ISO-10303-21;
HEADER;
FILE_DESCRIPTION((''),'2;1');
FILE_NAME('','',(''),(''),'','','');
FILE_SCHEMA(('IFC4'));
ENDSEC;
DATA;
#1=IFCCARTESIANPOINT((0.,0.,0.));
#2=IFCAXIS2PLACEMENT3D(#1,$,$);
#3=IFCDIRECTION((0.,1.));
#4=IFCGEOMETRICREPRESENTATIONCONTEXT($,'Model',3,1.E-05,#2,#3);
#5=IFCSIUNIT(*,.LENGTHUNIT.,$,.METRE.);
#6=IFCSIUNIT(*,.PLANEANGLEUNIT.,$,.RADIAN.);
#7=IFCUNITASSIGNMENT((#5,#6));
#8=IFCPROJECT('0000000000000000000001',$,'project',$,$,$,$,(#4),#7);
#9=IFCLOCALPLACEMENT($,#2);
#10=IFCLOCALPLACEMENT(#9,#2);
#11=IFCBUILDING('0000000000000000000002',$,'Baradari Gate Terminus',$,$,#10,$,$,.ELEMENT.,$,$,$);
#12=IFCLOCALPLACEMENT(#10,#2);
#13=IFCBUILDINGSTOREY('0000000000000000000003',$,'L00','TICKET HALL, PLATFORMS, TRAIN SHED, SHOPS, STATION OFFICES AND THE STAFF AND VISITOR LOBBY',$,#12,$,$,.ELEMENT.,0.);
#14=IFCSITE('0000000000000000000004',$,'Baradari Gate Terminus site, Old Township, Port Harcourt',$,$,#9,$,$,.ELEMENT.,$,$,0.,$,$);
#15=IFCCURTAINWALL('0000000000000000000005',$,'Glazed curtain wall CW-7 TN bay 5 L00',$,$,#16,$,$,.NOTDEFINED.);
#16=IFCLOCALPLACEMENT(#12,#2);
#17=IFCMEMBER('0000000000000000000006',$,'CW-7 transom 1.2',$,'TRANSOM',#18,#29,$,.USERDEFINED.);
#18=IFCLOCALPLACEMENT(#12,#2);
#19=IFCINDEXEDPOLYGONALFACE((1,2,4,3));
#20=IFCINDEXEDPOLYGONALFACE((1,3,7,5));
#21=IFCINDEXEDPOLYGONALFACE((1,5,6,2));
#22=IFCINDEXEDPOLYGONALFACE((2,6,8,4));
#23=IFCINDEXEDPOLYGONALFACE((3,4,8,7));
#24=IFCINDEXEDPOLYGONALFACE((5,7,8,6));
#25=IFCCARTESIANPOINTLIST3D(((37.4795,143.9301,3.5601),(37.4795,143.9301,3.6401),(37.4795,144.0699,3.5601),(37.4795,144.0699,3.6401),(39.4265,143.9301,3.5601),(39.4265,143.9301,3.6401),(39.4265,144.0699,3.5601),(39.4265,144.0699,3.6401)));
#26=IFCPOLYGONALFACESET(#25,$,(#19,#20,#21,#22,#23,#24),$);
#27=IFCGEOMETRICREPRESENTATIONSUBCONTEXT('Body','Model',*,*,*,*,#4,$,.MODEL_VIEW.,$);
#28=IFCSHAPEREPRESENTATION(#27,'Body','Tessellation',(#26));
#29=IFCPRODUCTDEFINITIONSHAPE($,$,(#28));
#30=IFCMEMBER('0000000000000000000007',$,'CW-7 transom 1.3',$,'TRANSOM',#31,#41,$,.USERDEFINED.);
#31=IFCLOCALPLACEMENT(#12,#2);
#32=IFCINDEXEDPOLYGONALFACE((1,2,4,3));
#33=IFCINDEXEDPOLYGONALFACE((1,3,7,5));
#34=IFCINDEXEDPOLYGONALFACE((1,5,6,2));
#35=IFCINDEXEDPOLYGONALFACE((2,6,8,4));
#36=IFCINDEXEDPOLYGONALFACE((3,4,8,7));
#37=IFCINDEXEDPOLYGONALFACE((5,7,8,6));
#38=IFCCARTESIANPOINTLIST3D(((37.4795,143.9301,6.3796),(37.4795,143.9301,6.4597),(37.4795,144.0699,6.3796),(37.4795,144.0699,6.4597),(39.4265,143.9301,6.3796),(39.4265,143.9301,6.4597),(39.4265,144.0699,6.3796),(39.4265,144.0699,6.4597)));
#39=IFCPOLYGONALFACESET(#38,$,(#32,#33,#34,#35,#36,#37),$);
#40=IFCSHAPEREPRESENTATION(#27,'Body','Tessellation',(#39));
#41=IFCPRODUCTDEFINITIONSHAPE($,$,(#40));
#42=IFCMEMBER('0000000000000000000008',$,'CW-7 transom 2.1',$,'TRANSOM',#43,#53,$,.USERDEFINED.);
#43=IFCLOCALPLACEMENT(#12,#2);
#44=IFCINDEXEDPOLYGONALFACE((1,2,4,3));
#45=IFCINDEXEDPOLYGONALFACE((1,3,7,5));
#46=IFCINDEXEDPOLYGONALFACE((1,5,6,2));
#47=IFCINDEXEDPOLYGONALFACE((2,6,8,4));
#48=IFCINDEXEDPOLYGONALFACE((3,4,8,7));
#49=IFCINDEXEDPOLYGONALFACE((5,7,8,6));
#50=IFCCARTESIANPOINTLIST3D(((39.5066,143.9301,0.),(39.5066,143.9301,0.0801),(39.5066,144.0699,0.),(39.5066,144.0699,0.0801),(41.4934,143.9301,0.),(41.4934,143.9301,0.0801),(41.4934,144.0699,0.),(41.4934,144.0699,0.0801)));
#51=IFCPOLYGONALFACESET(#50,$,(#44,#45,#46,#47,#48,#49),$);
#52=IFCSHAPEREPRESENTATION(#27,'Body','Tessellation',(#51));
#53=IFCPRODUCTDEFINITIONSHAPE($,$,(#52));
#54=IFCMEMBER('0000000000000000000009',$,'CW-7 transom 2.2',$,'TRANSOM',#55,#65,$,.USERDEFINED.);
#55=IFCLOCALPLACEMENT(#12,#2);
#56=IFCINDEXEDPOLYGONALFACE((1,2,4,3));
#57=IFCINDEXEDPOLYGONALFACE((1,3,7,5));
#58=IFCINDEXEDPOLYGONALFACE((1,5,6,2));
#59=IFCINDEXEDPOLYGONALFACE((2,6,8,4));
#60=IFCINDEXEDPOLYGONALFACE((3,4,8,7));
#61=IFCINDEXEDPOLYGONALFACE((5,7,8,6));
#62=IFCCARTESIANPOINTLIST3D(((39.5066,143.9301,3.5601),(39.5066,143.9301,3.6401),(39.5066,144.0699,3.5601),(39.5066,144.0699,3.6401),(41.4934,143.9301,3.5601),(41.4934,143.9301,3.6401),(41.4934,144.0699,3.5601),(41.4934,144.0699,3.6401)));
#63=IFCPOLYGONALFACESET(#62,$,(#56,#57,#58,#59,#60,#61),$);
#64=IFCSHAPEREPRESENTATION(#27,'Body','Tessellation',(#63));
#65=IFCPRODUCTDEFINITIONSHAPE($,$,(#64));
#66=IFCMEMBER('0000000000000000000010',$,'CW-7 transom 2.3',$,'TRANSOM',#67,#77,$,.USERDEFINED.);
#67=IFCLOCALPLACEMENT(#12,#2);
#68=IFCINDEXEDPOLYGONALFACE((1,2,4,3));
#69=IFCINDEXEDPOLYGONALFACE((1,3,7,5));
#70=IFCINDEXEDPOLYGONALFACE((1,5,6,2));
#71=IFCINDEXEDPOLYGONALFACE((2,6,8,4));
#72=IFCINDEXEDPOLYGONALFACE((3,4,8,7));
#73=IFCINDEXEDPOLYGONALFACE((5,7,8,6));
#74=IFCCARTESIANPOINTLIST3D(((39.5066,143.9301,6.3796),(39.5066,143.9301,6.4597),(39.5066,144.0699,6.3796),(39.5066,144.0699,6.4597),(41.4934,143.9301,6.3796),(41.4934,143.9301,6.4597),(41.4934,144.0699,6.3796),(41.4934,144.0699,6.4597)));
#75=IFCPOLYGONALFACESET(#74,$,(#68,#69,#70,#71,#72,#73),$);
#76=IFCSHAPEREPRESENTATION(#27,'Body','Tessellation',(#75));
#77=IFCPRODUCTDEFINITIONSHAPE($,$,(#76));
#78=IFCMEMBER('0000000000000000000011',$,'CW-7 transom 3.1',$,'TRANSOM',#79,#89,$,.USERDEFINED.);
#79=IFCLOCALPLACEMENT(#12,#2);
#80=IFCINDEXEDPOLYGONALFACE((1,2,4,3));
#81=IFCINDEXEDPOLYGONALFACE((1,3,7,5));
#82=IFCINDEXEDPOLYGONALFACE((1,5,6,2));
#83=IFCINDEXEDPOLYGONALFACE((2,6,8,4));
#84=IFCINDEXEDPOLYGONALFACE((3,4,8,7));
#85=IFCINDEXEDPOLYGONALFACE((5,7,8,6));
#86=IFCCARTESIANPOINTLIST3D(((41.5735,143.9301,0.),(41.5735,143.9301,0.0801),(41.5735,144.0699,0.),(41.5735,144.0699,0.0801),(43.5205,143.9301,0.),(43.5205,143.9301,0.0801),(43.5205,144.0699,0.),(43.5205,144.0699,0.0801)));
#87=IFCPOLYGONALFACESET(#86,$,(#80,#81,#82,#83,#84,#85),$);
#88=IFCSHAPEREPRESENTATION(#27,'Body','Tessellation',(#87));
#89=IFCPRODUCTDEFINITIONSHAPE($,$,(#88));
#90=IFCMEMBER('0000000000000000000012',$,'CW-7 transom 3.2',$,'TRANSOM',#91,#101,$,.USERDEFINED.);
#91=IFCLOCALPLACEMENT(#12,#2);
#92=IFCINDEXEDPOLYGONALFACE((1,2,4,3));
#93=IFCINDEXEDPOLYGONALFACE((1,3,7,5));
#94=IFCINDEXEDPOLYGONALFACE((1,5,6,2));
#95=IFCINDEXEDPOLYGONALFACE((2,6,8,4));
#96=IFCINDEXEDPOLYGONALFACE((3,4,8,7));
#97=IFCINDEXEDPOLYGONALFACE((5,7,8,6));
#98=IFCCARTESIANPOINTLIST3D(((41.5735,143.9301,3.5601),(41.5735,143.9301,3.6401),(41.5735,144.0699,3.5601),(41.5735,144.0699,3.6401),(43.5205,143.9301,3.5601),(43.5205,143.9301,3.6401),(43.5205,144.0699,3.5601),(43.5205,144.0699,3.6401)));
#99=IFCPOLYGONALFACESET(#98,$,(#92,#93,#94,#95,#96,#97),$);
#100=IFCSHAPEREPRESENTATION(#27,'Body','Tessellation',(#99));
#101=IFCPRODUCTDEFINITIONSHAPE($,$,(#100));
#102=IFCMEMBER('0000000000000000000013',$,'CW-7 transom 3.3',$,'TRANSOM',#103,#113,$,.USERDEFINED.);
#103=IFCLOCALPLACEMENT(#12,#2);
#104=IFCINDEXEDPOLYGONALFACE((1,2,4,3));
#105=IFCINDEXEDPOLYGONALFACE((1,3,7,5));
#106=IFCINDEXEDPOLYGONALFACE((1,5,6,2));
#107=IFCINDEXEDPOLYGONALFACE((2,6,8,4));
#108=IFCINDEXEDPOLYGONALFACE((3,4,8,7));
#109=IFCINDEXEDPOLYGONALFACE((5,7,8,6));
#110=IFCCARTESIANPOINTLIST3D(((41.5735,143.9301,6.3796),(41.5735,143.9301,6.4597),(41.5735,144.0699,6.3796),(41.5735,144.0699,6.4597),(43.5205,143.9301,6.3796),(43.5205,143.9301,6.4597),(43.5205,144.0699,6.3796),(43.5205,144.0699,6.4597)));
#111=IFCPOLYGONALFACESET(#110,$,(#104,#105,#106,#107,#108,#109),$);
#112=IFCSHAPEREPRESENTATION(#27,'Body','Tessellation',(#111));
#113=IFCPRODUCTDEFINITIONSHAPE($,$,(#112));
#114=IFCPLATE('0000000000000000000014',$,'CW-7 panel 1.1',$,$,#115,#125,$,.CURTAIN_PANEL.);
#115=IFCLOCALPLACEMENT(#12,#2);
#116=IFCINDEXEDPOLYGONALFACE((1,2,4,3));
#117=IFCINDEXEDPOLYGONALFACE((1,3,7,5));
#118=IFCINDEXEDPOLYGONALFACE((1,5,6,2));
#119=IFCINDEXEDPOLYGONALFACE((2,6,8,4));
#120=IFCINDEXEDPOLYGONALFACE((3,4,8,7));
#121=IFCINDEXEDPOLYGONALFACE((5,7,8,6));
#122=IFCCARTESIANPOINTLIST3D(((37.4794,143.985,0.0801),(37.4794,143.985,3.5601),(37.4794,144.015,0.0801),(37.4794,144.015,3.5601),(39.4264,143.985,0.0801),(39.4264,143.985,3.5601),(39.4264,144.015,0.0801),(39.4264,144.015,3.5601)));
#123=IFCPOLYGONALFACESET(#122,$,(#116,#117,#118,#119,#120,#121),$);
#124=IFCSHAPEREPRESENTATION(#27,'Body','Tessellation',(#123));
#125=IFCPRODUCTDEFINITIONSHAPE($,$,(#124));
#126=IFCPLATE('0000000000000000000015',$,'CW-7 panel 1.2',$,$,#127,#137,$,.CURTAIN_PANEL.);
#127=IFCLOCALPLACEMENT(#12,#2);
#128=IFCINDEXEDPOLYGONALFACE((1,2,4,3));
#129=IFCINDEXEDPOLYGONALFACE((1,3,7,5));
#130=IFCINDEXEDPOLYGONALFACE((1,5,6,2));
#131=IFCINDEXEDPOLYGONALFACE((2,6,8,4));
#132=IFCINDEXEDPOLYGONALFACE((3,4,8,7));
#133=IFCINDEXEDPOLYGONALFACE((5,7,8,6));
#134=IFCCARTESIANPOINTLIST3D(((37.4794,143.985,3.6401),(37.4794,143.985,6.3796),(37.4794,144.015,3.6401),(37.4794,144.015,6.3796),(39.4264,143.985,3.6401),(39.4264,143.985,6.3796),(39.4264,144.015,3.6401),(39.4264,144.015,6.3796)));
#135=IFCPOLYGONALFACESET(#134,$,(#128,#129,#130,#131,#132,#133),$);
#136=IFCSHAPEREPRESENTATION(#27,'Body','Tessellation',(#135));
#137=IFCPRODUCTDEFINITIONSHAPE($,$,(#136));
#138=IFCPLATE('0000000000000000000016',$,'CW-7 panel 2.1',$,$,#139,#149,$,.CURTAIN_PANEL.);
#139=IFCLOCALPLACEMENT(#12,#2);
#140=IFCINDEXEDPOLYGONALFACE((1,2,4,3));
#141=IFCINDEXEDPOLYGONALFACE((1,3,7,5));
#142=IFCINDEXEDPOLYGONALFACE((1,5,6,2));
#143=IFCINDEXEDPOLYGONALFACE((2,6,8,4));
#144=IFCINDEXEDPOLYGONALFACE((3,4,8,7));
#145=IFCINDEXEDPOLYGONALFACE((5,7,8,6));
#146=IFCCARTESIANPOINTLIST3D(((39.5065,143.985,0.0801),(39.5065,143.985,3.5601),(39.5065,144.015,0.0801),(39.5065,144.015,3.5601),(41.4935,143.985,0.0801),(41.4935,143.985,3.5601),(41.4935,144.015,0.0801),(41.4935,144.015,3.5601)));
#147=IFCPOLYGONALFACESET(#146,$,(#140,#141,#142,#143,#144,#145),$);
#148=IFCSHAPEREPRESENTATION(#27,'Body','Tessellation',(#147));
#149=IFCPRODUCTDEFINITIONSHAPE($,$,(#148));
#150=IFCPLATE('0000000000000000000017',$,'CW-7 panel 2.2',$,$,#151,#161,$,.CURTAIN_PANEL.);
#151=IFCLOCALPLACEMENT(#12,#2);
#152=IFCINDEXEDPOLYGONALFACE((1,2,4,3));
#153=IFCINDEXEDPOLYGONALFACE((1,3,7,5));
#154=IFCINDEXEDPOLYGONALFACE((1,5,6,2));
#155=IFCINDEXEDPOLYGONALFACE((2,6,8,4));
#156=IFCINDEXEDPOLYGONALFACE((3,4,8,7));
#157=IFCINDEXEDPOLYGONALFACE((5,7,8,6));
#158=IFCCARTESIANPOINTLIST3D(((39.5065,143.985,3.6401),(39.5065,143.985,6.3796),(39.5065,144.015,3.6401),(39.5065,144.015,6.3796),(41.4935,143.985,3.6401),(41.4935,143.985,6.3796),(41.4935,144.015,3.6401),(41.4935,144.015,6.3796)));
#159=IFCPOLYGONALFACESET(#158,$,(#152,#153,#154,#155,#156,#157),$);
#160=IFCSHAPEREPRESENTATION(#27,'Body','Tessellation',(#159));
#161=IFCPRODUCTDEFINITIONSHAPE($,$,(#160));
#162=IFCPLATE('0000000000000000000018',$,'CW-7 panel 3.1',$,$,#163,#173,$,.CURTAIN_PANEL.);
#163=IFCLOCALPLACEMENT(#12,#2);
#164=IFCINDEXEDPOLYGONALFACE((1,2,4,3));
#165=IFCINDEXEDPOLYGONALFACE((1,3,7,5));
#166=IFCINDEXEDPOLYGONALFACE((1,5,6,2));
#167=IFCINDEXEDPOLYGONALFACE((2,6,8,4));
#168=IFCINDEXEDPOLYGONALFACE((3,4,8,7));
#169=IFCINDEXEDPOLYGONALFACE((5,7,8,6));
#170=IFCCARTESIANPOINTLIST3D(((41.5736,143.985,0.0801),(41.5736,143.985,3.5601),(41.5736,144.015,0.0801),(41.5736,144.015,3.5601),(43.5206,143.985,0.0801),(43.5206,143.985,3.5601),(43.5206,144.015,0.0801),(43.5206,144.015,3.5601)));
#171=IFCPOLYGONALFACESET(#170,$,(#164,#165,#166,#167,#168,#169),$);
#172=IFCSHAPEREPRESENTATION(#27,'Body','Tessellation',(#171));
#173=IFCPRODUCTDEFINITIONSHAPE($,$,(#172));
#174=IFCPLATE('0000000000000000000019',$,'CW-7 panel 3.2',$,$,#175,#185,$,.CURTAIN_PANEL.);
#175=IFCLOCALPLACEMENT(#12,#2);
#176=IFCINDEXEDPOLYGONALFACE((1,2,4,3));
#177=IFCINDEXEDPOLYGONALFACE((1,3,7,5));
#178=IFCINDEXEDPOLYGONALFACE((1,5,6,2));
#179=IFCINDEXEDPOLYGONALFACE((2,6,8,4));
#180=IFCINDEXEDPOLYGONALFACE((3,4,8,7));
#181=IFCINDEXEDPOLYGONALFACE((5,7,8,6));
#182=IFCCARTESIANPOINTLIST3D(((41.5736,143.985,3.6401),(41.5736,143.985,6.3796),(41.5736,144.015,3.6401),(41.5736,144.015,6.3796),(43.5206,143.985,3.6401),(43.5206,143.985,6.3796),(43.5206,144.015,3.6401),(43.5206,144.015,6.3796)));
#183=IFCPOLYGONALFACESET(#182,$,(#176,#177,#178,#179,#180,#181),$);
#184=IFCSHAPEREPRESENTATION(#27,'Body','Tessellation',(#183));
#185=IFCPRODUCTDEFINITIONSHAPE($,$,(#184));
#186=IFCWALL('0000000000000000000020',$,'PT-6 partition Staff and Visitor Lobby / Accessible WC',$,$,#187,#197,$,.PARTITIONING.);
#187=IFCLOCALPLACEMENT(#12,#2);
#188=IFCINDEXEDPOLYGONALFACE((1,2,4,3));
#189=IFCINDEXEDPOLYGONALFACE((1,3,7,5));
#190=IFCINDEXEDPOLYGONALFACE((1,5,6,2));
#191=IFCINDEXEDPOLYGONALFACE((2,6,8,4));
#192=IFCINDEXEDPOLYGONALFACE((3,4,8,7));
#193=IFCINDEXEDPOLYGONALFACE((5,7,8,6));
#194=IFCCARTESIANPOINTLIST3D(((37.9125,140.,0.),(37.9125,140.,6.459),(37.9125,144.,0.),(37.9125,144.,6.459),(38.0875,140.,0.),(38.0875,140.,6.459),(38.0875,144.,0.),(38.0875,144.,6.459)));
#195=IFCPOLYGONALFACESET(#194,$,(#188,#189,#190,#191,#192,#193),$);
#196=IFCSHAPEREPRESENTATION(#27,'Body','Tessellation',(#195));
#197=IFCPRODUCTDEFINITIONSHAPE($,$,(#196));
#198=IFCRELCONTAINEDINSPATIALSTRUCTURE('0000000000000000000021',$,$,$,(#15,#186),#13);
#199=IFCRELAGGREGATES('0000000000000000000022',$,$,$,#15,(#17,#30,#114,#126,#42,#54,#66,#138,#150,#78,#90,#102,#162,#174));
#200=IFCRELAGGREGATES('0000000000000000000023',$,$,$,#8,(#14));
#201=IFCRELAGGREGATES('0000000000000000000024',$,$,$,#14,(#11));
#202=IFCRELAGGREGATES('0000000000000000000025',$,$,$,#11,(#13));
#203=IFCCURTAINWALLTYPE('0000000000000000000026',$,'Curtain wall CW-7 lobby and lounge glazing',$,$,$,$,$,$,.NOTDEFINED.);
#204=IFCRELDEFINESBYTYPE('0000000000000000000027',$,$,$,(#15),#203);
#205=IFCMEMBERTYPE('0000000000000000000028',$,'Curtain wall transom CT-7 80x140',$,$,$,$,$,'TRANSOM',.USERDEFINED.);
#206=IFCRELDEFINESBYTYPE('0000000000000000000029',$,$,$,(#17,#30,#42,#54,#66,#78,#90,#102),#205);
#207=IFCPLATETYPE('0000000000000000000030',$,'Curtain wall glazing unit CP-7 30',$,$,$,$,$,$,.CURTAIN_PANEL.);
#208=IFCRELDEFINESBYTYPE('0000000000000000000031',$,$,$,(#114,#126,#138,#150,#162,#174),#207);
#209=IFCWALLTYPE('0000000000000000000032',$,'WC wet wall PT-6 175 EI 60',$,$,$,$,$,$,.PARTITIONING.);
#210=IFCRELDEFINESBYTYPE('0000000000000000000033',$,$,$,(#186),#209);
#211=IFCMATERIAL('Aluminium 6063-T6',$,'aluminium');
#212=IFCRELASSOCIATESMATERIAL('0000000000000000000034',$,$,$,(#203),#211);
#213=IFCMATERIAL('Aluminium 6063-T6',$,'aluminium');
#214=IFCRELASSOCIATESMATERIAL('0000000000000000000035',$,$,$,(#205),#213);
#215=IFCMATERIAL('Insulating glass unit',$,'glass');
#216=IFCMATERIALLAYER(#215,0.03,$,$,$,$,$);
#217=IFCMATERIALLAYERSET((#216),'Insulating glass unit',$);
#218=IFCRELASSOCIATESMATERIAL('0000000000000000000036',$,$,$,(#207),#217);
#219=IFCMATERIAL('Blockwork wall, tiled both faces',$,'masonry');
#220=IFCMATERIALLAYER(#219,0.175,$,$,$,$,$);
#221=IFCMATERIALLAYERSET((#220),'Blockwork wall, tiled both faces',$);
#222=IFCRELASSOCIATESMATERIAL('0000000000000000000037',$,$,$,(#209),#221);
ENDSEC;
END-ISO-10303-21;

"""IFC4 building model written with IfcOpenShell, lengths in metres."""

from ifc_helpers import new_model, si_unit, direction, frame, frame_2d, origin, origin_2d, place, context, subcontext, project, spatial, rectangle, extrude, material, layer, layer_set, material_profile, profile_set, type_object, element, aggregate, save


model = new_model("IFC4")

# Units and contexts
model_context = context("Model", 3, precision=1e-05, world=origin(), true_north=direction((0.0, 1.0)))
body_context = subcontext(model_context, "Body", "Model", "MODEL_VIEW")
ifc_project = project(units=[si_unit("LENGTHUNIT", "METRE"), si_unit("PLANEANGLEUNIT", "RADIAN")], contexts=[model_context])

# Site, building, storey
site_placement = place(None, origin())
site = spatial("IfcSite", under=ifc_project, at=site_placement, Name="Baradari Gate Terminus site, Old Township, Port Harcourt", CompositionType="ELEMENT", RefElevation=0.0)
building_placement = place(site_placement, origin())
building = spatial("IfcBuilding", under=site, at=building_placement, Name="Baradari Gate Terminus", CompositionType="ELEMENT")
storey_placement = place(building_placement, origin())
storey = spatial("IfcBuildingStorey", under=building, at=storey_placement, Name="L00", Description="TICKET HALL, PLATFORMS, TRAIN SHED, SHOPS, STATION OFFICES AND THE STAFF AND VISITOR LOBBY", CompositionType="ELEMENT", Elevation=0.0)

# Curtain wall, members, plates
ifc_material_1 = material(Name="Aluminium 6063-T6", Category="aluminium")
curtain_wall_type = type_object("IfcCurtainWallType", Name="Curtain wall CW-7 lobby and lounge glazing", PredefinedType="NOTDEFINED", material=ifc_material_1)
curtain_wall_placement = place(storey_placement, origin())
curtain_wall = element("IfcCurtainWall", 1, at=curtain_wall_placement, inside=storey, type_object=curtain_wall_type, Name="Glazed curtain wall CW-7 TN bay 5 L00", PredefinedType="NOTDEFINED")
ifc_material_2 = material(Name="Aluminium 6063-T6", Category="aluminium")
ifc_material_profile_1 = material_profile(ifc_material_2, rectangle(XDim=0.1399, YDim=0.0801, at=origin_2d()), Name="CT-7 80X140")
ifc_profile_set_1 = profile_set([ifc_material_profile_1], Name="Aluminium 6063-T6")
member_type_1 = type_object("IfcMemberType", Name="Curtain wall transom CT-7 80x140", ElementType="TRANSOM", PredefinedType="USERDEFINED", material=ifc_profile_set_1)
member_1_placement = place(storey_placement, frame((37.4795, 144.0, 3.6001), z_axis=(1.0, 0.0, 0.0), x_axis=(0.0, 1.0, 0.0)))
member_1 = element("IfcMember", 2, at=member_1_placement, type_object=member_type_1, Name="CW-7 transom 1.2", ObjectType="TRANSOM", PredefinedType="USERDEFINED", context=body_context, shape_type="SweptSolid", body=[
    extrude(rectangle(XDim=0.1399, YDim=0.0801, at=origin_2d()), origin(), (0.0, 0.0, 1.0), 1.947),
])
member_2_placement = place(storey_placement, frame((37.4795, 144.0, 6.4197), z_axis=(1.0, 0.0, 0.0), x_axis=(0.0, 1.0, 0.0)))
member_2 = element("IfcMember", 3, at=member_2_placement, type_object=member_type_1, Name="CW-7 transom 1.3", ObjectType="TRANSOM", PredefinedType="USERDEFINED", context=body_context, shape_type="SweptSolid", body=[
    extrude(rectangle(XDim=0.1399, YDim=0.0801, at=origin_2d()), origin(), (0.0, 0.0, 1.0), 1.947),
])
member_3_placement = place(storey_placement, frame((39.5066, 144.0, 0.04), z_axis=(1.0, 0.0, 0.0), x_axis=(0.0, 1.0, 0.0)))
member_3 = element("IfcMember", 4, at=member_3_placement, type_object=member_type_1, Name="CW-7 transom 2.1", ObjectType="TRANSOM", PredefinedType="USERDEFINED", context=body_context, shape_type="SweptSolid", body=[
    extrude(rectangle(XDim=0.1399, YDim=0.0801, at=origin_2d()), origin(), (0.0, 0.0, 1.0), 1.9868),
])
member_4_placement = place(storey_placement, frame((39.5066, 144.0, 3.6001), z_axis=(1.0, 0.0, 0.0), x_axis=(0.0, 1.0, 0.0)))
member_4 = element("IfcMember", 5, at=member_4_placement, type_object=member_type_1, Name="CW-7 transom 2.2", ObjectType="TRANSOM", PredefinedType="USERDEFINED", context=body_context, shape_type="SweptSolid", body=[
    extrude(rectangle(XDim=0.1399, YDim=0.0801, at=origin_2d()), origin(), (0.0, 0.0, 1.0), 1.9868),
])
member_5_placement = place(storey_placement, frame((39.5066, 144.0, 6.4197), z_axis=(1.0, 0.0, 0.0), x_axis=(0.0, 1.0, 0.0)))
member_5 = element("IfcMember", 6, at=member_5_placement, type_object=member_type_1, Name="CW-7 transom 2.3", ObjectType="TRANSOM", PredefinedType="USERDEFINED", context=body_context, shape_type="SweptSolid", body=[
    extrude(rectangle(XDim=0.1399, YDim=0.0801, at=origin_2d()), origin(), (0.0, 0.0, 1.0), 1.9868),
])
member_6_placement = place(storey_placement, frame((41.5735, 144.0, 0.04), z_axis=(1.0, 0.0, 0.0), x_axis=(0.0, 1.0, 0.0)))
member_6 = element("IfcMember", 7, at=member_6_placement, type_object=member_type_1, Name="CW-7 transom 3.1", ObjectType="TRANSOM", PredefinedType="USERDEFINED", context=body_context, shape_type="SweptSolid", body=[
    extrude(rectangle(XDim=0.1399, YDim=0.0801, at=origin_2d()), origin(), (0.0, 0.0, 1.0), 1.947),
])
member_7_placement = place(storey_placement, frame((41.5735, 144.0, 3.6001), z_axis=(1.0, 0.0, 0.0), x_axis=(0.0, 1.0, 0.0)))
member_7 = element("IfcMember", 8, at=member_7_placement, type_object=member_type_1, Name="CW-7 transom 3.2", ObjectType="TRANSOM", PredefinedType="USERDEFINED", context=body_context, shape_type="SweptSolid", body=[
    extrude(rectangle(XDim=0.1399, YDim=0.0801, at=origin_2d()), origin(), (0.0, 0.0, 1.0), 1.947),
])
member_8_placement = place(storey_placement, frame((41.5735, 144.0, 6.4197), z_axis=(1.0, 0.0, 0.0), x_axis=(0.0, 1.0, 0.0)))
member_8 = element("IfcMember", 9, at=member_8_placement, type_object=member_type_1, Name="CW-7 transom 3.3", ObjectType="TRANSOM", PredefinedType="USERDEFINED", context=body_context, shape_type="SweptSolid", body=[
    extrude(rectangle(XDim=0.1399, YDim=0.0801, at=origin_2d()), origin(), (0.0, 0.0, 1.0), 1.947),
])
ifc_material_3 = material(Name="Insulating glass unit", Category="glass")
ifc_layer_1 = layer(ifc_material_3, 0.03)
ifc_layer_set_1 = layer_set([ifc_layer_1], Name="Insulating glass unit")
plate_type = type_object("IfcPlateType", Name="Curtain wall glazing unit CP-7 30", PredefinedType="CURTAIN_PANEL", material=ifc_layer_set_1)
plate_1_placement = place(storey_placement, frame((38.4529, 144.0, 0.0801), z_axis=(0.0, 0.0, 1.0), x_axis=(1.0, 0.0, 0.0)))
plate_1 = element("IfcPlate", 10, at=plate_1_placement, type_object=plate_type, Name="CW-7 panel 1.1", PredefinedType="CURTAIN_PANEL", context=body_context, shape_type="SweptSolid", body=[
    extrude(rectangle(XDim=1.947, YDim=0.03, at=origin_2d()), origin(), (0.0, 0.0, 1.0), 3.48),
])
plate_2_placement = place(storey_placement, frame((38.4529, 144.0, 3.6401), z_axis=(0.0, 0.0, 1.0), x_axis=(1.0, 0.0, 0.0)))
plate_2 = element("IfcPlate", 11, at=plate_2_placement, type_object=plate_type, Name="CW-7 panel 1.2", PredefinedType="CURTAIN_PANEL", context=body_context, shape_type="SweptSolid", body=[
    extrude(rectangle(XDim=1.947, YDim=0.03, at=origin_2d()), origin(), (0.0, 0.0, 1.0), 2.7395),
])
plate_3_placement = place(storey_placement, frame((40.5, 144.0, 0.0801), z_axis=(0.0, 0.0, 1.0), x_axis=(1.0, 0.0, 0.0)))
plate_3 = element("IfcPlate", 12, at=plate_3_placement, type_object=plate_type, Name="CW-7 panel 2.1", PredefinedType="CURTAIN_PANEL", context=body_context, shape_type="SweptSolid", body=[
    extrude(rectangle(XDim=1.9871, YDim=0.03, at=origin_2d()), origin(), (0.0, 0.0, 1.0), 3.48),
])
plate_4_placement = place(storey_placement, frame((40.5, 144.0, 3.6401), z_axis=(0.0, 0.0, 1.0), x_axis=(1.0, 0.0, 0.0)))
plate_4 = element("IfcPlate", 13, at=plate_4_placement, type_object=plate_type, Name="CW-7 panel 2.2", PredefinedType="CURTAIN_PANEL", context=body_context, shape_type="SweptSolid", body=[
    extrude(rectangle(XDim=1.9871, YDim=0.03, at=origin_2d()), origin(), (0.0, 0.0, 1.0), 2.7395),
])
plate_5_placement = place(storey_placement, frame((42.5471, 144.0, 0.0801), z_axis=(0.0, 0.0, 1.0), x_axis=(1.0, 0.0, 0.0)))
plate_5 = element("IfcPlate", 14, at=plate_5_placement, type_object=plate_type, Name="CW-7 panel 3.1", PredefinedType="CURTAIN_PANEL", context=body_context, shape_type="SweptSolid", body=[
    extrude(rectangle(XDim=1.947, YDim=0.03, at=origin_2d()), origin(), (0.0, 0.0, 1.0), 3.48),
])
plate_6_placement = place(storey_placement, frame((42.5471, 144.0, 3.6401), z_axis=(0.0, 0.0, 1.0), x_axis=(1.0, 0.0, 0.0)))
plate_6 = element("IfcPlate", 15, at=plate_6_placement, type_object=plate_type, Name="CW-7 panel 3.2", PredefinedType="CURTAIN_PANEL", context=body_context, shape_type="SweptSolid", body=[
    extrude(rectangle(XDim=1.947, YDim=0.03, at=origin_2d()), origin(), (0.0, 0.0, 1.0), 2.7395),
])
aggregate(curtain_wall, [member_1, member_2, plate_1, plate_2, member_3, member_4, member_5, plate_3, plate_4, member_6, member_7, member_8, plate_5, plate_6])

# Wall
ifc_material_4 = material(Name="Blockwork wall, tiled both faces", Category="masonry")
ifc_layer_2 = layer(ifc_material_4, 0.175)
ifc_layer_set_2 = layer_set([ifc_layer_2], Name="Blockwork wall, tiled both faces")
wall_type = type_object("IfcWallType", Name="WC wet wall PT-6 175 EI 60", PredefinedType="PARTITIONING", material=ifc_layer_set_2)
wall_1_placement = place(storey_placement, frame((38.0, 144.0, 0.0), z_axis=(0.0, 0.0, 1.0), x_axis=(0.0, -1.0, 0.0)))
element("IfcWall", 16, at=wall_1_placement, inside=storey, type_object=wall_type, Name="PT-6 partition Staff and Visitor Lobby / Accessible WC", PredefinedType="PARTITIONING", context=body_context, shape_type="SweptSolid", body=[
    extrude(rectangle(XDim=4.0, YDim=0.175, at=frame_2d((2.0, 0.0))), origin(), (0.0, 0.0, 1.0), 6.459),
])

save(model, "model.ifc")
